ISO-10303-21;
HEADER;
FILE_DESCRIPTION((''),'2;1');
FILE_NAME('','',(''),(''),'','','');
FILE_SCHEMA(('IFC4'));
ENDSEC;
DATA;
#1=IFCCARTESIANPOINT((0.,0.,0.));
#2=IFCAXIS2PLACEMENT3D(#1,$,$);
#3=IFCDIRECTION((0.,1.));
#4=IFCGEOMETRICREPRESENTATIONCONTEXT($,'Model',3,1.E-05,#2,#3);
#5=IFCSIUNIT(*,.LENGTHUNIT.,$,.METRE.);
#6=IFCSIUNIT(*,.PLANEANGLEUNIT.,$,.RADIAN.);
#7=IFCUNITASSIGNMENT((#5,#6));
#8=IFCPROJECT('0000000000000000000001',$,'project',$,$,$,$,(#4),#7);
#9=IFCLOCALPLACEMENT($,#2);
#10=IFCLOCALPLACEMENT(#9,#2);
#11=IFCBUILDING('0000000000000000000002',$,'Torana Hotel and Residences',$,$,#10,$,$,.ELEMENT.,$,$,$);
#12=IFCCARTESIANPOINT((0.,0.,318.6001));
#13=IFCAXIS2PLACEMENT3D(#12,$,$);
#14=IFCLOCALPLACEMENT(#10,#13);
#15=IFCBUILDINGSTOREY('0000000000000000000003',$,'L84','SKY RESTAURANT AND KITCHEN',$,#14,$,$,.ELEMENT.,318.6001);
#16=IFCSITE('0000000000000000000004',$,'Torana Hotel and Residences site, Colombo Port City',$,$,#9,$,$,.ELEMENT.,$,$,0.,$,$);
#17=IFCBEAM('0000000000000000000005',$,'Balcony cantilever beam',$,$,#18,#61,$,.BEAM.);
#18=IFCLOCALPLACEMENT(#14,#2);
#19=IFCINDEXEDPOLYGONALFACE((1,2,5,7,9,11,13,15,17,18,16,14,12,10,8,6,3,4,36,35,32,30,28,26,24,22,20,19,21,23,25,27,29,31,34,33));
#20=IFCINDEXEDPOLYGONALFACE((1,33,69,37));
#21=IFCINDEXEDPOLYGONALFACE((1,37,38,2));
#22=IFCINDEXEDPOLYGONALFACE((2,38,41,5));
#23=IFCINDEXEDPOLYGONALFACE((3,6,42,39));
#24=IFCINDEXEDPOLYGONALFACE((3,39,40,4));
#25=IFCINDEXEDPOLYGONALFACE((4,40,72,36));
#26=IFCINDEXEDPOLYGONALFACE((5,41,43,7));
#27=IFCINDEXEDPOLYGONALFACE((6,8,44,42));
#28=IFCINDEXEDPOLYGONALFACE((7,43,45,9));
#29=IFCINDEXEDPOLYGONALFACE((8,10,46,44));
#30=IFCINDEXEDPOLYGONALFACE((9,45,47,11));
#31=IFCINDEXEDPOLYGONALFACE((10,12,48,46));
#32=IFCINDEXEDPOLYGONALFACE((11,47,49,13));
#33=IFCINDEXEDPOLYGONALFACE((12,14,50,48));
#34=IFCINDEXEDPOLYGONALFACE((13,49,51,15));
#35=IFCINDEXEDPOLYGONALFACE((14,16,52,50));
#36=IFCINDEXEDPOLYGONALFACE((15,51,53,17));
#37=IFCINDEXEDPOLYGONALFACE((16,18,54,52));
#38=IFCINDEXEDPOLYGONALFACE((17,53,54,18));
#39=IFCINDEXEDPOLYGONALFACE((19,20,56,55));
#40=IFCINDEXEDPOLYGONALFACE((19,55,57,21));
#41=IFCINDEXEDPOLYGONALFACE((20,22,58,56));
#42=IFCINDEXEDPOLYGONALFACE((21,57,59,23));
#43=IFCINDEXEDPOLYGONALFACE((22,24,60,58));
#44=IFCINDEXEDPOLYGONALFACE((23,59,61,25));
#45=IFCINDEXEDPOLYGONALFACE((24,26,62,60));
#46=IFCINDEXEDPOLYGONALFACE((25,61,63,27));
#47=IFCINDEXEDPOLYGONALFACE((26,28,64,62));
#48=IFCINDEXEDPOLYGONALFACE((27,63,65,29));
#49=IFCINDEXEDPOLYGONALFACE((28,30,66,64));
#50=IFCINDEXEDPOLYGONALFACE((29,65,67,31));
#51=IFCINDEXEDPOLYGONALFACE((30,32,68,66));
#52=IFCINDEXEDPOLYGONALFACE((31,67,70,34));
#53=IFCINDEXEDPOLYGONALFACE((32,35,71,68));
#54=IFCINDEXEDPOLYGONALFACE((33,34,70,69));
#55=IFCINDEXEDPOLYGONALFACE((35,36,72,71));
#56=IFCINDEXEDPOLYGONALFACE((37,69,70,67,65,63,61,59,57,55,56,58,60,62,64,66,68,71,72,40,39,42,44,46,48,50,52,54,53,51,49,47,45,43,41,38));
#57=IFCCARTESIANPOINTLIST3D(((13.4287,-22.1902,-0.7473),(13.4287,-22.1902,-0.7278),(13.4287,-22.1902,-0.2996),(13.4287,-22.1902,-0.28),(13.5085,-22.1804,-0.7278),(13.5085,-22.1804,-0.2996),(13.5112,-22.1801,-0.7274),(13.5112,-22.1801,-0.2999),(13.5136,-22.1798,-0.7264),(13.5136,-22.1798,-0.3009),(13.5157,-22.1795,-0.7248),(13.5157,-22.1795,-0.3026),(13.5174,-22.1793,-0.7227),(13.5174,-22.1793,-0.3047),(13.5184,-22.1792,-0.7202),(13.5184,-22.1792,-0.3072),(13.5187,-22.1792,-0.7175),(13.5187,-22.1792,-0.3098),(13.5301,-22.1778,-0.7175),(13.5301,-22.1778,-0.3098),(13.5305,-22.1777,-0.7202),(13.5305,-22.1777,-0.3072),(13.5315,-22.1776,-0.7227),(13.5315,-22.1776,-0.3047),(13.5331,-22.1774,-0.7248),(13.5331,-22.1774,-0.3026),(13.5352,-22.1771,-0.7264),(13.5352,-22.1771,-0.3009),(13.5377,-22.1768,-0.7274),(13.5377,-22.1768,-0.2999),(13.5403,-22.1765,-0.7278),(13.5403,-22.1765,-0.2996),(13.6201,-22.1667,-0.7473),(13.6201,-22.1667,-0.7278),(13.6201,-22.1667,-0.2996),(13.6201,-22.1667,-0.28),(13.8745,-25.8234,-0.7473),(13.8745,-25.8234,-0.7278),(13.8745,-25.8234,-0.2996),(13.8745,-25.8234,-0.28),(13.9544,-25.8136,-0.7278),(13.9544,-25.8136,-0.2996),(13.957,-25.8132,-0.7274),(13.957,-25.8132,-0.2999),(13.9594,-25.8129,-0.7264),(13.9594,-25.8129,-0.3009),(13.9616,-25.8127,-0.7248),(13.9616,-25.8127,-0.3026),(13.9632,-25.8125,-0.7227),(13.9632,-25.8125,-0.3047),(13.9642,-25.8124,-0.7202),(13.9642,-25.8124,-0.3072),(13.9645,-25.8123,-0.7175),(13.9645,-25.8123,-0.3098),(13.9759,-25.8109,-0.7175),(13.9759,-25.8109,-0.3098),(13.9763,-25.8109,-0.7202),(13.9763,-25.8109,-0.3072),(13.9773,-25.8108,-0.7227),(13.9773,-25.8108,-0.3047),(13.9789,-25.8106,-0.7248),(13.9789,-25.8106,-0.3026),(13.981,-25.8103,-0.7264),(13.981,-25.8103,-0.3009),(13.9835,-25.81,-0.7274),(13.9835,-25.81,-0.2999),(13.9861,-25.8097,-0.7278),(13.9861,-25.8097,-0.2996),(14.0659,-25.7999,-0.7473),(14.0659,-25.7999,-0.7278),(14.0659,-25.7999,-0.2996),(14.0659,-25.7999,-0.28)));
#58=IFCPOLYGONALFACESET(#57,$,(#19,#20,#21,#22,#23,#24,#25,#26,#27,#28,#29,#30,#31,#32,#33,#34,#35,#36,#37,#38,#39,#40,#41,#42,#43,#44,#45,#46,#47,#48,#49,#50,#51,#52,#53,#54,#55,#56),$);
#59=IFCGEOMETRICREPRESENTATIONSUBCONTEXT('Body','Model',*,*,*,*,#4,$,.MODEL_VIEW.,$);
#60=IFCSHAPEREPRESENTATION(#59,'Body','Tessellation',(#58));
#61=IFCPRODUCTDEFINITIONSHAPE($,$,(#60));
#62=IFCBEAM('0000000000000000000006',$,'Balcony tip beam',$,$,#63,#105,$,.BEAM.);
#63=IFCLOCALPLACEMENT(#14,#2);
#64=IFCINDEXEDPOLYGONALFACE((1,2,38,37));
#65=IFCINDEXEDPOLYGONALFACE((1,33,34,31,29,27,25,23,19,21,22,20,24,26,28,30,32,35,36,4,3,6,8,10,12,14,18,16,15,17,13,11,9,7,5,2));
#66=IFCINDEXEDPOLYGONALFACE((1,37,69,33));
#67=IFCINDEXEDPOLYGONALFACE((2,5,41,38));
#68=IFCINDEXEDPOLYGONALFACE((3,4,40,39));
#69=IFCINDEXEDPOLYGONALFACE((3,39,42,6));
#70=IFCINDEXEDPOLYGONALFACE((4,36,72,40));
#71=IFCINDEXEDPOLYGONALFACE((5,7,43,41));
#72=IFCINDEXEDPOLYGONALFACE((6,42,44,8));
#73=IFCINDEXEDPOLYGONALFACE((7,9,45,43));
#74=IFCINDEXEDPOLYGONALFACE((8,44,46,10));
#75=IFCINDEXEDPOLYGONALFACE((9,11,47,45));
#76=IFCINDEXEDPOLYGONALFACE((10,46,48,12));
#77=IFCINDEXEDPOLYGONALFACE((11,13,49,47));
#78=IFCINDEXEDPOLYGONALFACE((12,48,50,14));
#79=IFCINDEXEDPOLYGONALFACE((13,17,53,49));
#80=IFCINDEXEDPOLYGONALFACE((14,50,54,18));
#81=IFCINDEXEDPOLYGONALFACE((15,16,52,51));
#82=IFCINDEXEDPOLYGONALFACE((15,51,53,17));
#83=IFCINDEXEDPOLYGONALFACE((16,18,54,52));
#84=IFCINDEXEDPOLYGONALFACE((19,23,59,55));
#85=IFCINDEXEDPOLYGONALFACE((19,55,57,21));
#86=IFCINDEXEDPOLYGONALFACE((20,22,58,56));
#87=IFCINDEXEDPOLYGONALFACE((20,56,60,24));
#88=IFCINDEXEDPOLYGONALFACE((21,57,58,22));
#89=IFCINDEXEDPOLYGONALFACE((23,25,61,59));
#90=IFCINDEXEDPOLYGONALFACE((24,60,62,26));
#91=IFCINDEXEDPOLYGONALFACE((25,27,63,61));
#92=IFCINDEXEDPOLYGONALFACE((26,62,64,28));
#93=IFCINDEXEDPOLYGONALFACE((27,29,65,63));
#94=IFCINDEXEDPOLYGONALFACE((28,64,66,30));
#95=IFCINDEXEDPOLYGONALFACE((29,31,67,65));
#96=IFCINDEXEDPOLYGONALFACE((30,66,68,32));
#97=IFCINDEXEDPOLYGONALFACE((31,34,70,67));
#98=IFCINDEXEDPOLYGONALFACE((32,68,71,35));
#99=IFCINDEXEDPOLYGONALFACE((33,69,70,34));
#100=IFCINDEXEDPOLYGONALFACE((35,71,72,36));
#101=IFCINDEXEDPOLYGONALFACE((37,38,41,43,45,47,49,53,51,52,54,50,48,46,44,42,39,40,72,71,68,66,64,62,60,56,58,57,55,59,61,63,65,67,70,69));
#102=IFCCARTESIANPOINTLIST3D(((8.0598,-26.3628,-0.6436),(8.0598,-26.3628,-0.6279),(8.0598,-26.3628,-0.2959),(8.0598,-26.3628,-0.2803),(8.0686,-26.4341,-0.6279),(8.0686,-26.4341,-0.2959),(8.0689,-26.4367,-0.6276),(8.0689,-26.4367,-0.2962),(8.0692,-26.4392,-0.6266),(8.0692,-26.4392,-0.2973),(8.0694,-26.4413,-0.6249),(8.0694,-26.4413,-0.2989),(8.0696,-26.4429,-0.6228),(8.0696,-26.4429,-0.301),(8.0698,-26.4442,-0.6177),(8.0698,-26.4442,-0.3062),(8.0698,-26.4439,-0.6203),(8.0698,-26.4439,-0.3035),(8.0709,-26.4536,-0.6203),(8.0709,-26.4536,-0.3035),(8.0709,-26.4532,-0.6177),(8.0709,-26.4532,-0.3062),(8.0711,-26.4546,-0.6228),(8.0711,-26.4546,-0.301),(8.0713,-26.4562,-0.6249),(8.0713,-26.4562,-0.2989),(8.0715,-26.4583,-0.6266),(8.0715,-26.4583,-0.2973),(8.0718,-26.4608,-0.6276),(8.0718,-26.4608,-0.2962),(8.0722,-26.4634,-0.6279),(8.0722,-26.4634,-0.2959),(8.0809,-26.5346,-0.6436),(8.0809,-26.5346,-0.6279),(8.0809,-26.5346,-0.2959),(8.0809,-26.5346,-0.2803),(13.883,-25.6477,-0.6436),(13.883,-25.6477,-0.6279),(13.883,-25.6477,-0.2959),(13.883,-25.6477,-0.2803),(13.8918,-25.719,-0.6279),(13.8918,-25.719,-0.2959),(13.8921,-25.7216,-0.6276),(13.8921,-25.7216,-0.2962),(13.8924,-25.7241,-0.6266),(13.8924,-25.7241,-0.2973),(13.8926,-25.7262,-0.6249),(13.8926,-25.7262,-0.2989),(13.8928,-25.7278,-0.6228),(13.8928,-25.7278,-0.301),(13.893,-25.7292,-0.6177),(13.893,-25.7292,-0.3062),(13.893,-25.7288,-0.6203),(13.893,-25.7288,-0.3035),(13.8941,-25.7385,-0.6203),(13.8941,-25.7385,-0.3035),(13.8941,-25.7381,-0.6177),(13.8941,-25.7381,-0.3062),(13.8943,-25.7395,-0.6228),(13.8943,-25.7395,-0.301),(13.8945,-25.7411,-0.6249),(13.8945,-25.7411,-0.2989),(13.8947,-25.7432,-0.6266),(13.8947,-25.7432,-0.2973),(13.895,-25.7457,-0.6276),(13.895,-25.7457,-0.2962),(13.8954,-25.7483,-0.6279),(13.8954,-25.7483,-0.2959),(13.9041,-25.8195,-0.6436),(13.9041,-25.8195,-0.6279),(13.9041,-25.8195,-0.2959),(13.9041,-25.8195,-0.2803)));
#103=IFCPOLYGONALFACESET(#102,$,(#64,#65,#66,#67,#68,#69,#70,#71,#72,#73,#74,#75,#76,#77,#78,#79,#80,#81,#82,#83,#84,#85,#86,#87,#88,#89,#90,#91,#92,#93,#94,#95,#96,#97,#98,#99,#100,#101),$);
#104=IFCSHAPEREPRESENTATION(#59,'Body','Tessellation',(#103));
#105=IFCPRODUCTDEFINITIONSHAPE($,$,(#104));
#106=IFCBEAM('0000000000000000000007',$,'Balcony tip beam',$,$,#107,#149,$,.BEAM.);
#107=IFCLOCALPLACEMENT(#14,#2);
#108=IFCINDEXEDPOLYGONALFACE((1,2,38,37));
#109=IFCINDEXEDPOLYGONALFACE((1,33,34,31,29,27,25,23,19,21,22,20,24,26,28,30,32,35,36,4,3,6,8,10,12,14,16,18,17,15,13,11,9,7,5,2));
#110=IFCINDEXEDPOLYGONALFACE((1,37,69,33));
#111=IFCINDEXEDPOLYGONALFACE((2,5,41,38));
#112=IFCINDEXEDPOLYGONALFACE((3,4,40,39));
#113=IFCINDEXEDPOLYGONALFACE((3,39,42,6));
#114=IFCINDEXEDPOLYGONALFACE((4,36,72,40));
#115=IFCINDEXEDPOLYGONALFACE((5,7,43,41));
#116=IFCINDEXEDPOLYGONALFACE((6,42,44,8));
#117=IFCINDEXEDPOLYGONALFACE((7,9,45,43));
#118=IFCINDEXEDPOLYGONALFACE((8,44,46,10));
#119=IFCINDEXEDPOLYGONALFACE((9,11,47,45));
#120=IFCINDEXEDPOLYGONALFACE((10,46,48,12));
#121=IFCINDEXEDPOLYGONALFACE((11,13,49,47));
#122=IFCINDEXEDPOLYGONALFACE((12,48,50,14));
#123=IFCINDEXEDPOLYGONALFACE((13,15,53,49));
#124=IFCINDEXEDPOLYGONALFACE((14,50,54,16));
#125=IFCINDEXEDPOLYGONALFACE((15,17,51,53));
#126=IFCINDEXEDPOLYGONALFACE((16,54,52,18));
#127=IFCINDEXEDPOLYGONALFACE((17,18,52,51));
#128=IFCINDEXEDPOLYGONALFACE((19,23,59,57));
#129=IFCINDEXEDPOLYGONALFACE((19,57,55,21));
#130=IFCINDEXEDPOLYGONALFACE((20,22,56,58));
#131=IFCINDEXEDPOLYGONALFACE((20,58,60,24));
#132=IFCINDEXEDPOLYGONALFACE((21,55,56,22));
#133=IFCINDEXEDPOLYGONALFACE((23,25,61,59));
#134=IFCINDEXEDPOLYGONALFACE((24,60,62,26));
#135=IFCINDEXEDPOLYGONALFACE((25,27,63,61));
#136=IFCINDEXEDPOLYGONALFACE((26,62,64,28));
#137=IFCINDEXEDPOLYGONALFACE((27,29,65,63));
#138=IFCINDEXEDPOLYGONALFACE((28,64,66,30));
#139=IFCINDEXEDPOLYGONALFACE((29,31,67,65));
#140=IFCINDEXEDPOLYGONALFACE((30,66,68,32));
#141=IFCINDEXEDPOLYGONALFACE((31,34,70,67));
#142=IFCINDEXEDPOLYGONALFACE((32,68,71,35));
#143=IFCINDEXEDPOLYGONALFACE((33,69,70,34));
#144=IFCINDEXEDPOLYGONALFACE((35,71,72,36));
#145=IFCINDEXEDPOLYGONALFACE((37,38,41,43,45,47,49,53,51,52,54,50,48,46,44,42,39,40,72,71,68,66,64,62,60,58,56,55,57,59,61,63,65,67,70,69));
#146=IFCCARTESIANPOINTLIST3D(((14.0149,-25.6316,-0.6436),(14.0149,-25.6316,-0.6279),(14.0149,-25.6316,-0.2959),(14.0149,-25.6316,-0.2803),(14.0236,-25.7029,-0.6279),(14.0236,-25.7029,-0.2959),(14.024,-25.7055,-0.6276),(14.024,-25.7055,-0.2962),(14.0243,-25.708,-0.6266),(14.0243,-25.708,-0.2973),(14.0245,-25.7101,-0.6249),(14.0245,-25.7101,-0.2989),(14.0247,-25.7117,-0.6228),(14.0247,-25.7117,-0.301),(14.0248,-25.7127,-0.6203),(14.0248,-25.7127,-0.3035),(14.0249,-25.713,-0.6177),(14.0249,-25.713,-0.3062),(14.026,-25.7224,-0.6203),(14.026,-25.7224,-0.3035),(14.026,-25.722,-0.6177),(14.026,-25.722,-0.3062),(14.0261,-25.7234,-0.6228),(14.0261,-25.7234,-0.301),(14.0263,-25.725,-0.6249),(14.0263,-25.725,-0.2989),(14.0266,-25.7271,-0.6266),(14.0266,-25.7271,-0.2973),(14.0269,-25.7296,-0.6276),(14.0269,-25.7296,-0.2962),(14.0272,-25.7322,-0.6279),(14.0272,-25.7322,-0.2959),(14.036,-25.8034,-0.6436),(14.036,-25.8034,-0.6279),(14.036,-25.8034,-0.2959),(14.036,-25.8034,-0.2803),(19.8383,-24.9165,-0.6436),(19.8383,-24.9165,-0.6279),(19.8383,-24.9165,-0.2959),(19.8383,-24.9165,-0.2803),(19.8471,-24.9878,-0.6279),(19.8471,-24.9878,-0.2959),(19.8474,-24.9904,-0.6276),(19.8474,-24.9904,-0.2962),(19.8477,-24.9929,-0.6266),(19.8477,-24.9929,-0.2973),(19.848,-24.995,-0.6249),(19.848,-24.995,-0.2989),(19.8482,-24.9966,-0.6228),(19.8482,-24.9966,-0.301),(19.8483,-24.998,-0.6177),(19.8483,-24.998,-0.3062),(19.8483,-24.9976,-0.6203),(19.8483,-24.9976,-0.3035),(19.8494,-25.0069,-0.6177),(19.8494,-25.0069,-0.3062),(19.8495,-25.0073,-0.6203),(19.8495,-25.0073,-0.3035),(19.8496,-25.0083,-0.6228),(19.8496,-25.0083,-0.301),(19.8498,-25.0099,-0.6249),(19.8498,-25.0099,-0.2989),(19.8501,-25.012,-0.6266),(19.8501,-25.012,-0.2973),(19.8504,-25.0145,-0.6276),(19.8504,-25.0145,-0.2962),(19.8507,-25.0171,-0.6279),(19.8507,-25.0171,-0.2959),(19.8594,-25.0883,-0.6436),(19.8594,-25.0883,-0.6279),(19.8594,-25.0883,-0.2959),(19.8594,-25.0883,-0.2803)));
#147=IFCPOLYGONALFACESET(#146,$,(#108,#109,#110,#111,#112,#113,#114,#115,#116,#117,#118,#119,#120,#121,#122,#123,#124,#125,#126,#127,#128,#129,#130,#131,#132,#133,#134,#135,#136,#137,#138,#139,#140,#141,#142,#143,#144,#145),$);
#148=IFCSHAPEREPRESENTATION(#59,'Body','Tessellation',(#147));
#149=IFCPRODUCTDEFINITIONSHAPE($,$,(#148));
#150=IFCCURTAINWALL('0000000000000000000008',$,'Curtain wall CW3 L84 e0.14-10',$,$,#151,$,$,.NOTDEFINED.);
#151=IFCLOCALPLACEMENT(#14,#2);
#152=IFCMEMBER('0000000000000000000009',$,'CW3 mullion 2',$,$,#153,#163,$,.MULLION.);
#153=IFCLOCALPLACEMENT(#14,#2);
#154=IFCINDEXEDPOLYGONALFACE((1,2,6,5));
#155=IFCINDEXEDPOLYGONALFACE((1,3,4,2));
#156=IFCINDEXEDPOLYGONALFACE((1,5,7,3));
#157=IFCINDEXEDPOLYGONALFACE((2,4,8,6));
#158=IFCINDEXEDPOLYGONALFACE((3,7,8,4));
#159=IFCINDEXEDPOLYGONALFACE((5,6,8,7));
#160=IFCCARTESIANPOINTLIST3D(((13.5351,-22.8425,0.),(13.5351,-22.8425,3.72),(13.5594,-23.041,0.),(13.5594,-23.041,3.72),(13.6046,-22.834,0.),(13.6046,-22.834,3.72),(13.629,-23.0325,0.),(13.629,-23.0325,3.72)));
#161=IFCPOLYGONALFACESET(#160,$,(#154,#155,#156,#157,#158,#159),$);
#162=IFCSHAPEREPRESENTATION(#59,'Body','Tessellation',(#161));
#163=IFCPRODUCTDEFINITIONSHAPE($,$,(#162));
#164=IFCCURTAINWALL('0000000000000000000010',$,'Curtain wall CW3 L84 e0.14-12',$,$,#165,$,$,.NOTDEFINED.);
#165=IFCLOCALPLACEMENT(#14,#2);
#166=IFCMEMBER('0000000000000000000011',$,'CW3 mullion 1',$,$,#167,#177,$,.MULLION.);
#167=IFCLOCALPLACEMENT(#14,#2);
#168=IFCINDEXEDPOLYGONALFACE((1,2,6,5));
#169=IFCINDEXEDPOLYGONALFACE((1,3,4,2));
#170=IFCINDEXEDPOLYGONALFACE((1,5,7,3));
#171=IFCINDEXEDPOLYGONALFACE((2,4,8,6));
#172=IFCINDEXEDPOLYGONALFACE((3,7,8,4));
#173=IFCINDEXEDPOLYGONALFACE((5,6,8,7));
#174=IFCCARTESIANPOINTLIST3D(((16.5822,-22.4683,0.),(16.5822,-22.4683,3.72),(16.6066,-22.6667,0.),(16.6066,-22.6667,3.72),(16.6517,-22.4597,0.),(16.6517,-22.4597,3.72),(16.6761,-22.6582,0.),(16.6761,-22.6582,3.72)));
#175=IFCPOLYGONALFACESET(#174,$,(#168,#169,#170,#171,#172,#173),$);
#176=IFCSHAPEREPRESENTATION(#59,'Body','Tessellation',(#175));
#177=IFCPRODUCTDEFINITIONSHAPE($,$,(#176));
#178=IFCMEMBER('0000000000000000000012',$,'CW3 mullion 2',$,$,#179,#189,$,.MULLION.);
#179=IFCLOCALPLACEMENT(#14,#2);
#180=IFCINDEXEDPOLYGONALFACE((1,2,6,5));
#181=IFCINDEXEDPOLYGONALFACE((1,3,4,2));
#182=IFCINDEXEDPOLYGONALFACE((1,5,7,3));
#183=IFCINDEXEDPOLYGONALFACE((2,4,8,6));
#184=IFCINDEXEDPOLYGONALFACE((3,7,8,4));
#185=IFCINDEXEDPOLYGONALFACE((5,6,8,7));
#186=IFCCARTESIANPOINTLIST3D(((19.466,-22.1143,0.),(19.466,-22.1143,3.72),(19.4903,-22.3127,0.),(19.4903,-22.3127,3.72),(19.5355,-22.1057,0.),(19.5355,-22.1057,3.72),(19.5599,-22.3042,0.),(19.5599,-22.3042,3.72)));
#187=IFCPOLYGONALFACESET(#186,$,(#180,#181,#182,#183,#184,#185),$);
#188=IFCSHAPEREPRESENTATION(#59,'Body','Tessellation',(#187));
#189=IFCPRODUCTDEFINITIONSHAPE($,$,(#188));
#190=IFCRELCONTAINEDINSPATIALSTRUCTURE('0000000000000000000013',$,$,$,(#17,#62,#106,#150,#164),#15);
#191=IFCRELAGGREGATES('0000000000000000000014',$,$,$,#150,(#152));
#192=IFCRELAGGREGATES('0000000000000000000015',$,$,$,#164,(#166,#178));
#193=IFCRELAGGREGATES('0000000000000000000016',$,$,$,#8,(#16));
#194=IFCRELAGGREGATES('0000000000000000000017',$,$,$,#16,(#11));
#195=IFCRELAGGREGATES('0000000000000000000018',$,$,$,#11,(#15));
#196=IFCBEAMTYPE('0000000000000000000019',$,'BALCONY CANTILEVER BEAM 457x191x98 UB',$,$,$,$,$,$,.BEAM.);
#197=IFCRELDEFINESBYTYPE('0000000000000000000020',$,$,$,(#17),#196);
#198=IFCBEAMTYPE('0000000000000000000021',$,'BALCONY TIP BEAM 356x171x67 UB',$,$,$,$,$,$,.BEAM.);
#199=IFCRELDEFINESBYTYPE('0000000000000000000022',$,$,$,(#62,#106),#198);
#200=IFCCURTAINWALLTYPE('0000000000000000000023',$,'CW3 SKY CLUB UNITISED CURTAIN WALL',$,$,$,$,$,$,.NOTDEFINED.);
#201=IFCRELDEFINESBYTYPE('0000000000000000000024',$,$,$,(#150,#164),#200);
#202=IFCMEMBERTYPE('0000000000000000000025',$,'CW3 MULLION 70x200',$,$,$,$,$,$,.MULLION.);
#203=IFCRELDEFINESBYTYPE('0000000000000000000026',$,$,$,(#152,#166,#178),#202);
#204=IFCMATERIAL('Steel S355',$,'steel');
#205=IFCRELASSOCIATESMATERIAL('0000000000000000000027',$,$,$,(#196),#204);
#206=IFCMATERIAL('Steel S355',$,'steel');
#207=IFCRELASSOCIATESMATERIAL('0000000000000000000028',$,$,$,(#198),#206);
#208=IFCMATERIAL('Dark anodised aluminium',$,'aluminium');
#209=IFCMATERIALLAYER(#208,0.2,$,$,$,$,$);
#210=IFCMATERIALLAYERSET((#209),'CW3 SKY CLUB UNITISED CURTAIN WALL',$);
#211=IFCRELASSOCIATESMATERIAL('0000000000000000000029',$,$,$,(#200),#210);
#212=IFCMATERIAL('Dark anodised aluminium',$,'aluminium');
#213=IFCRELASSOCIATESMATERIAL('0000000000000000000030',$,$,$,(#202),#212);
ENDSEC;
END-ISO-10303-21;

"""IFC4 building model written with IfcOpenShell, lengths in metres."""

from ifc_helpers import new_model, si_unit, direction, frame, origin, origin_2d, place, context, subcontext, project, spatial, rectangle, i_section, extrude, material, layer, layer_set, material_profile, profile_set, type_object, element, aggregate, save


model = new_model("IFC4")

# Units and contexts
model_context = context("Model", 3, precision=1e-05, world=origin(), true_north=direction((0.0, 1.0)))
body_context = subcontext(model_context, "Body", "Model", "MODEL_VIEW")
ifc_project = project(units=[si_unit("LENGTHUNIT", "METRE"), si_unit("PLANEANGLEUNIT", "RADIAN")], contexts=[model_context])

# Site, building, storey
site_placement = place(None, origin())
site = spatial("IfcSite", under=ifc_project, at=site_placement, Name="Torana Hotel and Residences site, Colombo Port City", CompositionType="ELEMENT", RefElevation=0.0)
building_placement = place(site_placement, origin())
building = spatial("IfcBuilding", under=site, at=building_placement, Name="Torana Hotel and Residences", CompositionType="ELEMENT")
storey_placement = place(building_placement, frame((0.0, 0.0, 318.6001)))
storey = spatial("IfcBuildingStorey", under=building, at=storey_placement, Name="L84", Description="SKY RESTAURANT AND KITCHEN", CompositionType="ELEMENT", Elevation=318.6001)

# Beams
ifc_material_1 = material(Name="Steel S355", Category="steel")
ifc_material_profile_1 = material_profile(ifc_material_1, i_section(OverallWidth=0.1929, OverallDepth=0.4673, WebThickness=0.0115, FlangeThickness=0.0195, FilletRadius=0.0103, at=origin_2d()), Name="457x191x98 UB")
ifc_profile_set_1 = profile_set([ifc_material_profile_1], Name="Steel S355")
beam_type_1 = type_object("IfcBeamType", Name="BALCONY CANTILEVER BEAM 457x191x98 UB", PredefinedType="BEAM", material=ifc_profile_set_1)
beam_1_placement = place(storey_placement, frame((13.5244, -22.1785, -0.5137), z_axis=(0.121793, -0.992555, 0.0), x_axis=(0.992555, 0.121793, 0.0)))
element("IfcBeam", 1, at=beam_1_placement, inside=storey, type_object=beam_type_1, Name="Balcony cantilever beam", PredefinedType="BEAM", context=body_context, shape_type="SweptSolid", body=[
    extrude(i_section(OverallWidth=0.1929, OverallDepth=0.4673, WebThickness=0.0115, FlangeThickness=0.0195, FilletRadius=0.0103, at=origin_2d()), origin(), (0.0, 0.0, 1.0), 3.6604),
])
ifc_material_2 = material(Name="Steel S355", Category="steel")
ifc_material_profile_2 = material_profile(ifc_material_2, i_section(OverallWidth=0.1731, OverallDepth=0.3633, WebThickness=0.009, FlangeThickness=0.0156, FilletRadius=0.0103, at=origin_2d()), Name="356x171x67 UB")
ifc_profile_set_2 = profile_set([ifc_material_profile_2], Name="Steel S355")
beam_type_2 = type_object("IfcBeamType", Name="BALCONY TIP BEAM 356x171x67 UB", PredefinedType="BEAM", material=ifc_profile_set_2)
beam_2_placement = place(storey_placement, frame((13.8936, -25.7336, -0.4619), z_axis=(-0.992544, -0.121883, 0.0), x_axis=(0.121883, -0.992544, 0.0)))
element("IfcBeam", 2, at=beam_2_placement, inside=storey, type_object=beam_type_2, Name="Balcony tip beam", PredefinedType="BEAM", context=body_context, shape_type="SweptSolid", body=[
    extrude(i_section(OverallWidth=0.1731, OverallDepth=0.3633, WebThickness=0.009, FlangeThickness=0.0156, FilletRadius=0.0103, at=origin_2d()), origin(), (0.0, 0.0, 1.0), 5.8669),
])
beam_3_placement = place(storey_placement, frame((19.8489, -25.0024, -0.4619), z_axis=(-0.992545, -0.121878, 0.0), x_axis=(0.121878, -0.992545, 0.0)))
element("IfcBeam", 3, at=beam_3_placement, inside=storey, type_object=beam_type_2, Name="Balcony tip beam", PredefinedType="BEAM", context=body_context, shape_type="SweptSolid", body=[
    extrude(i_section(OverallWidth=0.1731, OverallDepth=0.3633, WebThickness=0.009, FlangeThickness=0.0156, FilletRadius=0.0103, at=origin_2d()), origin(), (0.0, 0.0, 1.0), 5.8672),
])

# Curtain wall, member
ifc_material_3 = material(Name="Dark anodised aluminium", Category="aluminium")
ifc_layer_1 = layer(ifc_material_3, 0.2)
ifc_layer_set_1 = layer_set([ifc_layer_1], Name="CW3 SKY CLUB UNITISED CURTAIN WALL")
curtain_wall_type = type_object("IfcCurtainWallType", Name="CW3 SKY CLUB UNITISED CURTAIN WALL", PredefinedType="NOTDEFINED", material=ifc_layer_set_1)
curtain_wall_1_placement = place(storey_placement, origin())
curtain_wall_1 = element("IfcCurtainWall", 4, at=curtain_wall_1_placement, inside=storey, type_object=curtain_wall_type, Name="Curtain wall CW3 L84 e0.14-10", PredefinedType="NOTDEFINED")
ifc_material_4 = material(Name="Dark anodised aluminium", Category="aluminium")
ifc_material_profile_3 = material_profile(ifc_material_4, rectangle(XDim=0.2, YDim=0.0701, at=origin_2d()), Name="CW3 MULLION 70x200")
ifc_profile_set_3 = profile_set([ifc_material_profile_3], Name="Dark anodised aluminium")
member_type_1 = type_object("IfcMemberType", Name="CW3 MULLION 70x200", PredefinedType="MULLION", material=ifc_profile_set_3)
member_1_placement = place(storey_placement, frame((13.582, -22.9375, 0.0), z_axis=(0.0, 0.0, 1.0), x_axis=(-0.121868, 0.992546, 0.0)))
member_1 = element("IfcMember", 5, at=member_1_placement, type_object=member_type_1, Name="CW3 mullion 2", PredefinedType="MULLION", context=body_context, shape_type="SweptSolid", body=[
    extrude(rectangle(XDim=0.2, YDim=0.0701, at=origin_2d()), origin(), (0.0, 0.0, 1.0), 3.72),
])
aggregate(curtain_wall_1, [member_1])

# Curtain wall, members
curtain_wall_2_placement = place(storey_placement, origin())
curtain_wall_2 = element("IfcCurtainWall", 6, at=curtain_wall_2_placement, inside=storey, type_object=curtain_wall_type, Name="Curtain wall CW3 L84 e0.14-12", PredefinedType="NOTDEFINED")
member_2_placement = place(storey_placement, frame((16.6292, -22.5632, 0.0), z_axis=(0.0, 0.0, 1.0), x_axis=(-0.121863, 0.992547, 0.0)))
member_2 = element("IfcMember", 7, at=member_2_placement, type_object=member_type_1, Name="CW3 mullion 1", PredefinedType="MULLION", context=body_context, shape_type="SweptSolid", body=[
    extrude(rectangle(XDim=0.2, YDim=0.0701, at=origin_2d()), origin(), (0.0, 0.0, 1.0), 3.72),
])
member_3_placement = place(storey_placement, frame((19.5129, -22.2092, 0.0), z_axis=(0.0, 0.0, 1.0), x_axis=(-0.121863, 0.992547, 0.0)))
member_3 = element("IfcMember", 8, at=member_3_placement, type_object=member_type_1, Name="CW3 mullion 2", PredefinedType="MULLION", context=body_context, shape_type="SweptSolid", body=[
    extrude(rectangle(XDim=0.2, YDim=0.0701, at=origin_2d()), origin(), (0.0, 0.0, 1.0), 3.72),
])
aggregate(curtain_wall_2, [member_2, member_3])

save(model, "model.ifc")
